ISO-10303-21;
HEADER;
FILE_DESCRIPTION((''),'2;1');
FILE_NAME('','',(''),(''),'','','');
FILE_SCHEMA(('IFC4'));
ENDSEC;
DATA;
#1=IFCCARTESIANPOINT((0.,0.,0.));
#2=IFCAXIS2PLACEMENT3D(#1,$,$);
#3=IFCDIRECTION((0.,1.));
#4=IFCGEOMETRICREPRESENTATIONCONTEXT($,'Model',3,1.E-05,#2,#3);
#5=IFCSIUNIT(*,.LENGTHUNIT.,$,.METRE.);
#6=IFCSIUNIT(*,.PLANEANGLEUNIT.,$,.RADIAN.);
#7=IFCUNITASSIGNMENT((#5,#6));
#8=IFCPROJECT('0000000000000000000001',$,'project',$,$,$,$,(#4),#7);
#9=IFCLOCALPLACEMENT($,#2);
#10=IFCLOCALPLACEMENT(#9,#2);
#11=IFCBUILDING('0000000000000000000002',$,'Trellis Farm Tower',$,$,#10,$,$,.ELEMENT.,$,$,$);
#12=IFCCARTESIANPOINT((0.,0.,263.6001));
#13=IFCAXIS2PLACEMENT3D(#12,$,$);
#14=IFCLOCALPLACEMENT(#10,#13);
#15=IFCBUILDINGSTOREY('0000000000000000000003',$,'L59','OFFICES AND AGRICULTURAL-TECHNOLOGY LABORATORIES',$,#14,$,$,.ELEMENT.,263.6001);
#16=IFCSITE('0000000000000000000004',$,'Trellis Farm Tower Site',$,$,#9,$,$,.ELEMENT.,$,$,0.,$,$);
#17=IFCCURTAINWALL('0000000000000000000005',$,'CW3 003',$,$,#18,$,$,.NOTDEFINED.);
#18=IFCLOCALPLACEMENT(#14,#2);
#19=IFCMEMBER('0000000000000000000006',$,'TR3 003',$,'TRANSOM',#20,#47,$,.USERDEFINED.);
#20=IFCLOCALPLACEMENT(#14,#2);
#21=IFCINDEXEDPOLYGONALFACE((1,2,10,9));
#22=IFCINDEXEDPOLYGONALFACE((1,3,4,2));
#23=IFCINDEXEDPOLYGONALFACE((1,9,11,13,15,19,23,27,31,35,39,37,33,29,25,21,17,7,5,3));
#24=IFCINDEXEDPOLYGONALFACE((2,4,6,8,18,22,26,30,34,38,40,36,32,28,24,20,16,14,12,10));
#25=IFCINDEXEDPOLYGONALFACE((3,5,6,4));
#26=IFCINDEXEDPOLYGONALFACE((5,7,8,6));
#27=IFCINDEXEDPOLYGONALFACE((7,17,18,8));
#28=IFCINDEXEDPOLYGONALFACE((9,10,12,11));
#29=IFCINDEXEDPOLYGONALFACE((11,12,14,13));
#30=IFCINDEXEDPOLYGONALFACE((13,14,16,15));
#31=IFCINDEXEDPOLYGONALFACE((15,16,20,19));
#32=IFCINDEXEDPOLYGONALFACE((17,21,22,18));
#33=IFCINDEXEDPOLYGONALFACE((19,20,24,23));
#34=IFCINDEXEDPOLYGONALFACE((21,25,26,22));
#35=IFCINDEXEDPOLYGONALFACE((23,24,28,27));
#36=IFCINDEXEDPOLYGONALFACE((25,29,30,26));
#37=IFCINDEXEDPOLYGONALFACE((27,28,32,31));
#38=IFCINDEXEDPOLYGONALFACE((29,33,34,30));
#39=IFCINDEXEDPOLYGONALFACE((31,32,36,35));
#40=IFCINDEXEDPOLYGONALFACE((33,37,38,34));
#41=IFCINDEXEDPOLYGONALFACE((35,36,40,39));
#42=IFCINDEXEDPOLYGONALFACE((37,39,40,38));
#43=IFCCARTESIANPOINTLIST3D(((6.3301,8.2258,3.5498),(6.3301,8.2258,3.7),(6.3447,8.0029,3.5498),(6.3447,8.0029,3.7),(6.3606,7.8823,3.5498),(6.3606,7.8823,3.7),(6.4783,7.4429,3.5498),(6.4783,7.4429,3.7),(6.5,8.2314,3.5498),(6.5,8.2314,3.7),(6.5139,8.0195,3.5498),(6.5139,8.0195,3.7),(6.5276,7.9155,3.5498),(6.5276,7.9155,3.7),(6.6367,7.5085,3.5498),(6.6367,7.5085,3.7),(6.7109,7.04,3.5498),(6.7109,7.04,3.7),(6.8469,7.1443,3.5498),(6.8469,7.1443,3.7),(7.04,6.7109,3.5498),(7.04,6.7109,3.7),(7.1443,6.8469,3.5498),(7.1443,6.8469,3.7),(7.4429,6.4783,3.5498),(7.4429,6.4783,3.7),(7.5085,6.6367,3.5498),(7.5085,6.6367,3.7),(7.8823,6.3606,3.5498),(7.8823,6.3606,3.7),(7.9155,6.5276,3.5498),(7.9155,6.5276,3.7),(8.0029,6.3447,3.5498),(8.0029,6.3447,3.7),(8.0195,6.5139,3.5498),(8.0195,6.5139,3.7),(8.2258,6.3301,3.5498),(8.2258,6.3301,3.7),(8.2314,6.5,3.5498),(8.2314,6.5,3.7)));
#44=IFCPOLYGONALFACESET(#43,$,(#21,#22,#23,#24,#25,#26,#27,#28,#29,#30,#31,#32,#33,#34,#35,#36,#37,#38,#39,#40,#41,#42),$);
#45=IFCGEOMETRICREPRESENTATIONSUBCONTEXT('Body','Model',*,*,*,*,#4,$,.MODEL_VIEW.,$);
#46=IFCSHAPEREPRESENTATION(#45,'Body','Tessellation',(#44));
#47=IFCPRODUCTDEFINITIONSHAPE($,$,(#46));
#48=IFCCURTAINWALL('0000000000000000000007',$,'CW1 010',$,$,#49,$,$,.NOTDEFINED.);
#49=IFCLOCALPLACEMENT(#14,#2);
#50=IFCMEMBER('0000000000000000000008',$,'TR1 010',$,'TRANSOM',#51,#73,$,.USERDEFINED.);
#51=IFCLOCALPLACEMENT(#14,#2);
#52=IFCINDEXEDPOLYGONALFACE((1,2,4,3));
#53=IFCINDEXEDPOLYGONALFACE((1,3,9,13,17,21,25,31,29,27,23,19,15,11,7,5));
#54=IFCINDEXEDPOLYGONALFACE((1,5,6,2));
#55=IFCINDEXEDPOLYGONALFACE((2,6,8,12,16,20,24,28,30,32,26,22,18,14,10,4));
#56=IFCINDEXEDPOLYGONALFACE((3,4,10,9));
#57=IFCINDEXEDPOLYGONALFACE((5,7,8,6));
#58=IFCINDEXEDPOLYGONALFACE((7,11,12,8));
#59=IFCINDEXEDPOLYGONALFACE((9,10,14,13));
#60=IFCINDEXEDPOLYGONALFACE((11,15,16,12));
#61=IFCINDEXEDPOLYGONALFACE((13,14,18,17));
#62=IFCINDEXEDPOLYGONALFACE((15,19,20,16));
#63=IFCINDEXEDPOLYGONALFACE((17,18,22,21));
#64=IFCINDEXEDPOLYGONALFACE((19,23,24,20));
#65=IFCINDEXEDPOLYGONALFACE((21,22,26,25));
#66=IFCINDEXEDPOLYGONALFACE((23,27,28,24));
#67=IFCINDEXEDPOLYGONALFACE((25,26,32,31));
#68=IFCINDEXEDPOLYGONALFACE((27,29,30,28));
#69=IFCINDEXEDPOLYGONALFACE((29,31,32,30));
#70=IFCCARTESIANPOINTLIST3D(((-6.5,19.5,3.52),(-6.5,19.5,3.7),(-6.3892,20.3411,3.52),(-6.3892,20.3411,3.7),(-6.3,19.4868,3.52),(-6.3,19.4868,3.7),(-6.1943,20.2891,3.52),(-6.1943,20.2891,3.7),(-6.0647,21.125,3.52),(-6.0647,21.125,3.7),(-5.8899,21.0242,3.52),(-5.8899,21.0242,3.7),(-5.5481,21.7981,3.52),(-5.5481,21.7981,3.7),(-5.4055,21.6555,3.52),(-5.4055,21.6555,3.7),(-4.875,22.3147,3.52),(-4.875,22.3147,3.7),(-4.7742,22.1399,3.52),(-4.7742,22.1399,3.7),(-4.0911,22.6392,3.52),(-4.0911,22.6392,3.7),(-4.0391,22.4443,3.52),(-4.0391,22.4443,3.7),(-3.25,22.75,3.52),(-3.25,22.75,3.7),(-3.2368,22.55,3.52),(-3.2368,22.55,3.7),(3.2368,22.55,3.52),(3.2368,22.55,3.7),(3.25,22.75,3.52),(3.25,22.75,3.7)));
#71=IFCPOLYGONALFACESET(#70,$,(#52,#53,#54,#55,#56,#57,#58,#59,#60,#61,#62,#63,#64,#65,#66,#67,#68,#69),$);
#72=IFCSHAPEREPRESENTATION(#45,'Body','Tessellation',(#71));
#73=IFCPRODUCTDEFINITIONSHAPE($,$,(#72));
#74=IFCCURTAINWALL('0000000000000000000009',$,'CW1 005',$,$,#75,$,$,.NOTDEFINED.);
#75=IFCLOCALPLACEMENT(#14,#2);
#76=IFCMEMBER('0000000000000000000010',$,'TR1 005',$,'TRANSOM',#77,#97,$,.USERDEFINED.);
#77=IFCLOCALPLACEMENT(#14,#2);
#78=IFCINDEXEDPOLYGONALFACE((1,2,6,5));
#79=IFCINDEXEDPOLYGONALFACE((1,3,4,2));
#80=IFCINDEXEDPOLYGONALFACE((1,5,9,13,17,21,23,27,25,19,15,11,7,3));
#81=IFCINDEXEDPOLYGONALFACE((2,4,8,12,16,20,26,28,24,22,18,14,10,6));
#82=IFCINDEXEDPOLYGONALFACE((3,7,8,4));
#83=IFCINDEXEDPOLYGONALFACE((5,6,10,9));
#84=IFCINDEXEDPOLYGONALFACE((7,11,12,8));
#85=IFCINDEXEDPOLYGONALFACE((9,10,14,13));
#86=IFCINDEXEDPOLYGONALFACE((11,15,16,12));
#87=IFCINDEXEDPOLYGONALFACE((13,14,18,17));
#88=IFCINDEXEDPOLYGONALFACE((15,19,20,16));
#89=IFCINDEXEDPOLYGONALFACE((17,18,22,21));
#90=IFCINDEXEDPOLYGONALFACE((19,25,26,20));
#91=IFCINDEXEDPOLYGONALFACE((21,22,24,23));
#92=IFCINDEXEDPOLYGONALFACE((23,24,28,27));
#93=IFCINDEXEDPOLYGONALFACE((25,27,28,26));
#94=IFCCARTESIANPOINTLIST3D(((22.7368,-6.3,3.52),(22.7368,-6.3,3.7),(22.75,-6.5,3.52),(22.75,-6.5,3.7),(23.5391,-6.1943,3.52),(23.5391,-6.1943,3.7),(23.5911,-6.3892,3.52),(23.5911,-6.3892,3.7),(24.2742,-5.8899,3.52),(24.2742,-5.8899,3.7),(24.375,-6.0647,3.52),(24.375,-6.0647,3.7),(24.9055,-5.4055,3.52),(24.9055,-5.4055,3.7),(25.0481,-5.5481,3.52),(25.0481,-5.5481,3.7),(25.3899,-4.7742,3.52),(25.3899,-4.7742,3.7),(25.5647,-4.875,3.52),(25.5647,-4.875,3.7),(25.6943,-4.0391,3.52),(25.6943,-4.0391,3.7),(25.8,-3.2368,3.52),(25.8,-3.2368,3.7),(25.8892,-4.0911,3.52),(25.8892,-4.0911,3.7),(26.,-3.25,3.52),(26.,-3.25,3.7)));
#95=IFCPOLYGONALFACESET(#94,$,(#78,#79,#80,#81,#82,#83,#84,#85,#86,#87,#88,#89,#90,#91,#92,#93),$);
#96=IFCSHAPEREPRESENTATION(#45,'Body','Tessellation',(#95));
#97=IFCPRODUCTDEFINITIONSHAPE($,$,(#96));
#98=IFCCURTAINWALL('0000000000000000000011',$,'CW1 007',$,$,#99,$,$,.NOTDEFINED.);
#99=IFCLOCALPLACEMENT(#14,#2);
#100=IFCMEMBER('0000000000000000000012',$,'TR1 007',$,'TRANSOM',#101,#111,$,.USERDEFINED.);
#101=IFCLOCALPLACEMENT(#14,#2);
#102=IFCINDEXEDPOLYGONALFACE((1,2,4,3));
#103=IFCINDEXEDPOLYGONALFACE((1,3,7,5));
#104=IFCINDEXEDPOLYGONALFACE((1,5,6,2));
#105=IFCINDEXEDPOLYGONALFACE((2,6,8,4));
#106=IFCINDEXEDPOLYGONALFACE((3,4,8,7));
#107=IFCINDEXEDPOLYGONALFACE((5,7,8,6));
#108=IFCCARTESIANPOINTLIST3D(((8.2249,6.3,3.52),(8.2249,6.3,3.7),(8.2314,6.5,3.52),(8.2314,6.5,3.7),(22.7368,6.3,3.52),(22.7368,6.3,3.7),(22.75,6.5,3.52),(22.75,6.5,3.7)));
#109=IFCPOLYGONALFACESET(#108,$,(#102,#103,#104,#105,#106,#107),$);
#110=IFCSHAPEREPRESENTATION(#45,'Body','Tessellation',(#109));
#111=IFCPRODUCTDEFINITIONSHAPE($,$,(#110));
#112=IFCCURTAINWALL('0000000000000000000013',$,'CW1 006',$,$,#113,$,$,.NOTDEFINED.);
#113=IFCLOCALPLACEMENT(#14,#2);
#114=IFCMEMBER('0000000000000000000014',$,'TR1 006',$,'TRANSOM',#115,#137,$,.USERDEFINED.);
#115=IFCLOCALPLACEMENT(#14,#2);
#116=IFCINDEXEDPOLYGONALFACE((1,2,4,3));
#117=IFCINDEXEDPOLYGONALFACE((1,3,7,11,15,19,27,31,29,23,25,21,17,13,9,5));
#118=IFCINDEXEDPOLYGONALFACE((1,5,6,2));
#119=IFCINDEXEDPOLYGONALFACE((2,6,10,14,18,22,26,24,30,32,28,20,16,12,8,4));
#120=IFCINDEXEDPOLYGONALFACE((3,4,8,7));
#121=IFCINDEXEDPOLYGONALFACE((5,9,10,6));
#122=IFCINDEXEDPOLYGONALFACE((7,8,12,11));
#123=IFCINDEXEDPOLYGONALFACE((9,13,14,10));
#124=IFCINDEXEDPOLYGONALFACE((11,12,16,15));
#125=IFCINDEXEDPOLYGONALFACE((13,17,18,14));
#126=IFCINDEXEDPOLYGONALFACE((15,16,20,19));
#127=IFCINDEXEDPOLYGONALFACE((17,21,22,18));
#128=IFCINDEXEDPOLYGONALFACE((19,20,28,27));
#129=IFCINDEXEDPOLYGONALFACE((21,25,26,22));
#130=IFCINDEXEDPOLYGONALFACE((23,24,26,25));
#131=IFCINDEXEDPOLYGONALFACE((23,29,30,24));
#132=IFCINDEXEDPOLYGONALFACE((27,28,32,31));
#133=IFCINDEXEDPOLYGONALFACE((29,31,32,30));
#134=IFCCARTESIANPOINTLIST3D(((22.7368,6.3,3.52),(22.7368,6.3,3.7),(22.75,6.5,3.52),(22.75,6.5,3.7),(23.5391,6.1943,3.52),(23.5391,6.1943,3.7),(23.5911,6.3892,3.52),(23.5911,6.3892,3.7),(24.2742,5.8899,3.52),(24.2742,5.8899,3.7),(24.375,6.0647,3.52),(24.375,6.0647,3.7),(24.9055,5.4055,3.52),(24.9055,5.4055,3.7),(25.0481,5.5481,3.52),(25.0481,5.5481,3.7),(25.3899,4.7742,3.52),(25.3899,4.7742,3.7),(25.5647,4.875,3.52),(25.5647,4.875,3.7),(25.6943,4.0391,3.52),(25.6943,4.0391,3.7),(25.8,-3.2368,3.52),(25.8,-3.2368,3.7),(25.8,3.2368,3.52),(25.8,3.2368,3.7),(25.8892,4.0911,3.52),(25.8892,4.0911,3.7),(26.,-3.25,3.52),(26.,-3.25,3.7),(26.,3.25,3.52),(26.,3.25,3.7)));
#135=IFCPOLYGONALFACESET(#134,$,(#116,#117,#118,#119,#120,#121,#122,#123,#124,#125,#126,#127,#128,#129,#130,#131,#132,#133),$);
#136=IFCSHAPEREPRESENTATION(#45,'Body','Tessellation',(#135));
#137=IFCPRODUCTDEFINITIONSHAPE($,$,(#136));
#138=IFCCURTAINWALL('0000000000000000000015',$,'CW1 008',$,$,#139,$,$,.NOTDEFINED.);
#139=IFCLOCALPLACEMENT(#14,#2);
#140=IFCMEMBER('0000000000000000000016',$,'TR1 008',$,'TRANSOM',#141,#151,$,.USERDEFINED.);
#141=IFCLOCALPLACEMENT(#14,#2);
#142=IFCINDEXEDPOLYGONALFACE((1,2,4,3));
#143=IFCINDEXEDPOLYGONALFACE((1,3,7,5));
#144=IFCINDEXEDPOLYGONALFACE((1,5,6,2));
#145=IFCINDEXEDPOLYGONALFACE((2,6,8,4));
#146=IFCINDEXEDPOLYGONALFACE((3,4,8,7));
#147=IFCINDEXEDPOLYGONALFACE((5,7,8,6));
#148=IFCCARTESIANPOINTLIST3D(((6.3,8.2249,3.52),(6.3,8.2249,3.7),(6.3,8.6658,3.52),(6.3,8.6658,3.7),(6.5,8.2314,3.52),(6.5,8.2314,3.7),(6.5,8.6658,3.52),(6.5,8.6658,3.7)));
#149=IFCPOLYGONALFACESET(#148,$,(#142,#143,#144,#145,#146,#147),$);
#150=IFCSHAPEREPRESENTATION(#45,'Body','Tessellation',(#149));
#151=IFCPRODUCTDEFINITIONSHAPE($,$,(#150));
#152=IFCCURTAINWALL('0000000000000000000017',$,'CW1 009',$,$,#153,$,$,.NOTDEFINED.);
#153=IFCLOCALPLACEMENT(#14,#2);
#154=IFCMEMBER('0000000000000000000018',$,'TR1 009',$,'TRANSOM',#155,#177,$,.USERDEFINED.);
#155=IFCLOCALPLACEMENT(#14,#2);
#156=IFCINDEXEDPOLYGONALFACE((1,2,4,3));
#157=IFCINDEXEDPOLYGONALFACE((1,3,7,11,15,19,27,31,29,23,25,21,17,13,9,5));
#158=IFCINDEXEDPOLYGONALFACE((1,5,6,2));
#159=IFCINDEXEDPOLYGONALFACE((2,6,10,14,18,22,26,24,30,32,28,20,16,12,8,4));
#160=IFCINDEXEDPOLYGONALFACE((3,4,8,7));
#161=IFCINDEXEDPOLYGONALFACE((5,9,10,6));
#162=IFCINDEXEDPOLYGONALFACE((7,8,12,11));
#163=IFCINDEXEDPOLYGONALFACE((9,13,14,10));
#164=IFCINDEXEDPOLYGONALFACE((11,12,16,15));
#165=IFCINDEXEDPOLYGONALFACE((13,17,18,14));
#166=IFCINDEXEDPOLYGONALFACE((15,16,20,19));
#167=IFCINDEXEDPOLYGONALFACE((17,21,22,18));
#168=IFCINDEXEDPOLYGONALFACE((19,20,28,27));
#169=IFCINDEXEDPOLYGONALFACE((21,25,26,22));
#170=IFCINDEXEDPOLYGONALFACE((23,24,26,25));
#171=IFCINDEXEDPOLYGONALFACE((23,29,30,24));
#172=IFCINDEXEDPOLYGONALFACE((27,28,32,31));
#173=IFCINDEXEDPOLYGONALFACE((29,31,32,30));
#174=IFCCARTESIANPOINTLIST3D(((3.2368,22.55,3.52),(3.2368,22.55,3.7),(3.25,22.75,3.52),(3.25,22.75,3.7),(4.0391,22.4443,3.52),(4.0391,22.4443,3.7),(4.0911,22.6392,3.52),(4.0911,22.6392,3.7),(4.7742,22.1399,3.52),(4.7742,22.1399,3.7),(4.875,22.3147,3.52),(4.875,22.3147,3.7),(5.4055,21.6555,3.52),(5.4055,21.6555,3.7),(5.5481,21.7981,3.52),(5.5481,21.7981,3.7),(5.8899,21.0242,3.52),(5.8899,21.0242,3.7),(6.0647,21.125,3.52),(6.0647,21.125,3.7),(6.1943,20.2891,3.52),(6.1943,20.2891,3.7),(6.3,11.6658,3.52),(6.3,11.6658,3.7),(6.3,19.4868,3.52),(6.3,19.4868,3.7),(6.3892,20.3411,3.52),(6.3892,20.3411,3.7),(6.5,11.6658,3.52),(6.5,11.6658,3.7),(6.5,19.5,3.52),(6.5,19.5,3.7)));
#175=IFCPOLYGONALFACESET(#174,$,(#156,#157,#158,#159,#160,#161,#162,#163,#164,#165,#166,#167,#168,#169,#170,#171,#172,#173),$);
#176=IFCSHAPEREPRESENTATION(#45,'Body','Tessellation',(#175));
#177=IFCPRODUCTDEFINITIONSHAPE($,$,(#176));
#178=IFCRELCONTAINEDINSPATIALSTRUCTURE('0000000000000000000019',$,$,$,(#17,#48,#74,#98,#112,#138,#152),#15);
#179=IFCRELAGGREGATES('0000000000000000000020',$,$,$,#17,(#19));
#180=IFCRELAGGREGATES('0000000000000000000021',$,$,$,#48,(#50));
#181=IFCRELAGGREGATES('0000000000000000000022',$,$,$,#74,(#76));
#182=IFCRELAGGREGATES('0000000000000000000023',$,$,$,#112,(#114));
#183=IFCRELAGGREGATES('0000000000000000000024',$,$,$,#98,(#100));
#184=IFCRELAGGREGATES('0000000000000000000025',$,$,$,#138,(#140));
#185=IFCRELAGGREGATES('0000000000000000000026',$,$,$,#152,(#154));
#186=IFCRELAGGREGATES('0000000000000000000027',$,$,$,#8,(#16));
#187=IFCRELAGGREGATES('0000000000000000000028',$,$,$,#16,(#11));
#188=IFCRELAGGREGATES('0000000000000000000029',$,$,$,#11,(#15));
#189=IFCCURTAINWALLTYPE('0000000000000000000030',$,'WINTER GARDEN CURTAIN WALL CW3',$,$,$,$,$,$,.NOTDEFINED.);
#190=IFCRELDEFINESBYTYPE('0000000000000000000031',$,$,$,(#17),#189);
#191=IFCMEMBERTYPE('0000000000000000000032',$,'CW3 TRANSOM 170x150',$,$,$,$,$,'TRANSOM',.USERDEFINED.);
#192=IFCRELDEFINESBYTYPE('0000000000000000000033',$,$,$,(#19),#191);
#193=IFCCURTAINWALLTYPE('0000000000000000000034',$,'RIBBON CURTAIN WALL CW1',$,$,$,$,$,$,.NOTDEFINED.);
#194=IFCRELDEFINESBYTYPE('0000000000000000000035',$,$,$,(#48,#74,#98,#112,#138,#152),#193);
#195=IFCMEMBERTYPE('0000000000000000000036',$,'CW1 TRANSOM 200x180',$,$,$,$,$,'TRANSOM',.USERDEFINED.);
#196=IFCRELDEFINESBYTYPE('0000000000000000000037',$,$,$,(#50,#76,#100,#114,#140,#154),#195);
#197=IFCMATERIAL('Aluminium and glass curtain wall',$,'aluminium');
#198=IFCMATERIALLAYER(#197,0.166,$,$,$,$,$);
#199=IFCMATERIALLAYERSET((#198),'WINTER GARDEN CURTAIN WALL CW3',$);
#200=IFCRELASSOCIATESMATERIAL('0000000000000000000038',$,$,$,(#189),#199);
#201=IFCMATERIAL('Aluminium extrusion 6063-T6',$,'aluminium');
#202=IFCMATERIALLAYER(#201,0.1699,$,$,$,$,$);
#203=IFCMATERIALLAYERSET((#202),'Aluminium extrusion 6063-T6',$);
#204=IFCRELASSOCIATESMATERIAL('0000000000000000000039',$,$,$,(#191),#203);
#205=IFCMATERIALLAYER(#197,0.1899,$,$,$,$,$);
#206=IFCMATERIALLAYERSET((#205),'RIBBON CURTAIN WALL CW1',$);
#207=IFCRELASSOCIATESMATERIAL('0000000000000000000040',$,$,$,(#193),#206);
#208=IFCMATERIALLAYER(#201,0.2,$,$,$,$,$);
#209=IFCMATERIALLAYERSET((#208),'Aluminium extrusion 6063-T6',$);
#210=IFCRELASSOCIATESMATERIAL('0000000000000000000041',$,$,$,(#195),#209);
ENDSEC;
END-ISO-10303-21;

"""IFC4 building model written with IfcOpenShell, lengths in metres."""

from ifc_helpers import new_model, si_unit, direction, frame, origin, place, context, subcontext, project, spatial, polyline, outline, extrude, source, transform, mapped, material, layer, layer_set, type_object, element, aggregate, save


model = new_model("IFC4")

# Units and contexts
model_context = context("Model", 3, precision=1e-05, world=origin(), true_north=direction((0.0, 1.0)))
body_context = subcontext(model_context, "Body", "Model", "MODEL_VIEW")
ifc_project = project(units=[si_unit("LENGTHUNIT", "METRE"), si_unit("PLANEANGLEUNIT", "RADIAN")], contexts=[model_context])

# Site, building, storey
site_placement = place(None, origin())
site = spatial("IfcSite", under=ifc_project, at=site_placement, Name="Trellis Farm Tower Site", CompositionType="ELEMENT", RefElevation=0.0)
building_placement = place(site_placement, origin())
building = spatial("IfcBuilding", under=site, at=building_placement, Name="Trellis Farm Tower", CompositionType="ELEMENT")
storey_placement = place(building_placement, frame((0.0, 0.0, 263.6001)))
storey = spatial("IfcBuildingStorey", under=building, at=storey_placement, Name="L59", Description="OFFICES AND AGRICULTURAL-TECHNOLOGY LABORATORIES", CompositionType="ELEMENT", Elevation=263.6001)

# Curtain walls, members
ifc_material_1 = material(Name="Aluminium and glass curtain wall", Category="aluminium")
ifc_layer_1 = layer(ifc_material_1, 0.166)
ifc_layer_set_1 = layer_set([ifc_layer_1], Name="WINTER GARDEN CURTAIN WALL CW3")
curtain_wall_type_1 = type_object("IfcCurtainWallType", Name="WINTER GARDEN CURTAIN WALL CW3", PredefinedType="NOTDEFINED", material=ifc_layer_set_1)
placement_1 = place(storey_placement, origin())
curtain_wall_1 = element("IfcCurtainWall", 1, at=placement_1, inside=storey, type_object=curtain_wall_type_1, Name="CW3 003", PredefinedType="NOTDEFINED")
ifc_material_2 = material(Name="Aluminium extrusion 6063-T6", Category="aluminium")
ifc_layer_2 = layer(ifc_material_2, 0.1699)
ifc_layer_set_2 = layer_set([ifc_layer_2], Name="Aluminium extrusion 6063-T6")
member_type_1 = type_object("IfcMemberType", Name="CW3 TRANSOM 170x150", ElementType="TRANSOM", PredefinedType="USERDEFINED", material=ifc_layer_set_2)
shared_shape_1 = source(origin(), body_context, "Body", "SweptSolid", [
    extrude(outline(polyline([(8.2314, 6.5), (8.0195, 6.5139), (7.9155, 6.5276), (7.5085, 6.6367), (7.1443, 6.8469), (6.8469, 7.1443), (6.6367, 7.5085), (6.5276, 7.9155), (6.5139, 8.0195), (6.5, 8.2314), (6.3301, 8.2258), (6.3447, 8.0029), (6.3606, 7.8823), (6.4783, 7.4429), (6.7109, 7.04), (7.04, 6.7109), (7.4429, 6.4783), (7.8823, 6.3606), (8.0029, 6.3447), (8.2258, 6.3301), (8.2314, 6.5)])), origin(), (0.0, 0.0, 1.0), 0.1501),
])
member_1_placement = place(storey_placement, frame((0.0, 0.0, 3.5498)))
member_1 = element("IfcMember", 2, at=member_1_placement, type_object=member_type_1, Name="TR3 003", ObjectType="TRANSOM", PredefinedType="USERDEFINED", context=body_context, shape_type="MappedRepresentation", body=[
    mapped(shared_shape_1, transform((0.0, 0.0, 0.0))),
])
ifc_layer_3 = layer(ifc_material_1, 0.1899)
ifc_layer_set_3 = layer_set([ifc_layer_3], Name="RIBBON CURTAIN WALL CW1")
curtain_wall_type_2 = type_object("IfcCurtainWallType", Name="RIBBON CURTAIN WALL CW1", PredefinedType="NOTDEFINED", material=ifc_layer_set_3)
curtain_wall_2 = element("IfcCurtainWall", 3, at=placement_1, inside=storey, type_object=curtain_wall_type_2, Name="CW1 010", PredefinedType="NOTDEFINED")
ifc_layer_4 = layer(ifc_material_2, 0.2)
ifc_layer_set_4 = layer_set([ifc_layer_4], Name="Aluminium extrusion 6063-T6")
member_type_2 = type_object("IfcMemberType", Name="CW1 TRANSOM 200x180", ElementType="TRANSOM", PredefinedType="USERDEFINED", material=ifc_layer_set_4)
shared_shape_2 = source(origin(), body_context, "Body", "SweptSolid", [
    extrude(outline(polyline([(3.25, 22.75), (-3.25, 22.75), (-4.0911, 22.6392), (-4.875, 22.3147), (-5.5481, 21.7981), (-6.0647, 21.125), (-6.3892, 20.3411), (-6.5, 19.5), (-6.3, 19.4868), (-6.1943, 20.2891), (-5.8899, 21.0242), (-5.4055, 21.6555), (-4.7742, 22.1399), (-4.0391, 22.4443), (-3.2368, 22.55), (3.2368, 22.55), (3.25, 22.75)])), origin(), (0.0, 0.0, 1.0), 0.1799),
])
placement_2 = place(storey_placement, frame((0.0, 0.0, 3.52)))
member_2 = element("IfcMember", 4, at=placement_2, type_object=member_type_2, Name="TR1 010", ObjectType="TRANSOM", PredefinedType="USERDEFINED", context=body_context, shape_type="MappedRepresentation", body=[
    mapped(shared_shape_2, transform((0.0, 0.0, 0.0))),
])
curtain_wall_3 = element("IfcCurtainWall", 5, at=placement_1, inside=storey, type_object=curtain_wall_type_2, Name="CW1 005", PredefinedType="NOTDEFINED")
shared_shape_3 = source(origin(), body_context, "Body", "SweptSolid", [
    extrude(outline(polyline([(22.75, -6.5), (23.5911, -6.3892), (24.375, -6.0647), (25.0481, -5.5481), (25.5647, -4.875), (25.8892, -4.0911), (26.0, -3.25), (25.8, -3.2368), (25.6943, -4.0391), (25.3899, -4.7742), (24.9055, -5.4055), (24.2742, -5.8899), (23.5391, -6.1943), (22.7368, -6.3), (22.75, -6.5)])), origin(), (0.0, 0.0, 1.0), 0.1799),
])
member_3 = element("IfcMember", 6, at=placement_2, type_object=member_type_2, Name="TR1 005", ObjectType="TRANSOM", PredefinedType="USERDEFINED", context=body_context, shape_type="MappedRepresentation", body=[
    mapped(shared_shape_3, transform((0.0, 0.0, 0.0))),
])
curtain_wall_4 = element("IfcCurtainWall", 7, at=placement_1, inside=storey, type_object=curtain_wall_type_2, Name="CW1 007", PredefinedType="NOTDEFINED")
shared_shape_4 = source(origin(), body_context, "Body", "SweptSolid", [
    extrude(outline(polyline([(22.75, 6.5), (8.2314, 6.5), (8.2249, 6.3), (22.7368, 6.3), (22.75, 6.5)])), origin(), (0.0, 0.0, 1.0), 0.1799),
])
member_4 = element("IfcMember", 8, at=placement_2, type_object=member_type_2, Name="TR1 007", ObjectType="TRANSOM", PredefinedType="USERDEFINED", context=body_context, shape_type="MappedRepresentation", body=[
    mapped(shared_shape_4, transform((0.0, 0.0, 0.0))),
])
curtain_wall_5 = element("IfcCurtainWall", 9, at=placement_1, inside=storey, type_object=curtain_wall_type_2, Name="CW1 006", PredefinedType="NOTDEFINED")
shared_shape_5 = source(origin(), body_context, "Body", "SweptSolid", [
    extrude(outline(polyline([(26.0, -3.25), (26.0, 3.25), (25.8892, 4.0911), (25.5647, 4.875), (25.0481, 5.5481), (24.375, 6.0647), (23.5911, 6.3892), (22.75, 6.5), (22.7368, 6.3), (23.5391, 6.1943), (24.2742, 5.8899), (24.9055, 5.4055), (25.3899, 4.7742), (25.6943, 4.0391), (25.8, 3.2368), (25.8, -3.2368), (26.0, -3.25)])), origin(), (0.0, 0.0, 1.0), 0.1799),
])
member_5 = element("IfcMember", 10, at=placement_2, type_object=member_type_2, Name="TR1 006", ObjectType="TRANSOM", PredefinedType="USERDEFINED", context=body_context, shape_type="MappedRepresentation", body=[
    mapped(shared_shape_5, transform((0.0, 0.0, 0.0))),
])
curtain_wall_6 = element("IfcCurtainWall", 11, at=placement_1, inside=storey, type_object=curtain_wall_type_2, Name="CW1 008", PredefinedType="NOTDEFINED")
shared_shape_6 = source(origin(), body_context, "Body", "SweptSolid", [
    extrude(outline(polyline([(6.5, 8.2314), (6.5, 8.6658), (6.3, 8.6658), (6.3, 8.2249), (6.5, 8.2314)])), origin(), (0.0, 0.0, 1.0), 0.1799),
])
member_6 = element("IfcMember", 12, at=placement_2, type_object=member_type_2, Name="TR1 008", ObjectType="TRANSOM", PredefinedType="USERDEFINED", context=body_context, shape_type="MappedRepresentation", body=[
    mapped(shared_shape_6, transform((0.0, 0.0, 0.0))),
])
curtain_wall_7 = element("IfcCurtainWall", 13, at=placement_1, inside=storey, type_object=curtain_wall_type_2, Name="CW1 009", PredefinedType="NOTDEFINED")
shared_shape_7 = source(origin(), body_context, "Body", "SweptSolid", [
    extrude(outline(polyline([(6.5, 11.6658), (6.5, 19.5), (6.3892, 20.3411), (6.0647, 21.125), (5.5481, 21.7981), (4.875, 22.3147), (4.0911, 22.6392), (3.25, 22.75), (3.2368, 22.55), (4.0391, 22.4443), (4.7742, 22.1399), (5.4055, 21.6555), (5.8899, 21.0242), (6.1943, 20.2891), (6.3, 19.4868), (6.3, 11.6658), (6.5, 11.6658)])), origin(), (0.0, 0.0, 1.0), 0.1799),
])
member_7 = element("IfcMember", 14, at=placement_2, type_object=member_type_2, Name="TR1 009", ObjectType="TRANSOM", PredefinedType="USERDEFINED", context=body_context, shape_type="MappedRepresentation", body=[
    mapped(shared_shape_7, transform((0.0, 0.0, 0.0))),
])

aggregate(curtain_wall_1, [member_1])
aggregate(curtain_wall_2, [member_2])
aggregate(curtain_wall_3, [member_3])
aggregate(curtain_wall_5, [member_5])
aggregate(curtain_wall_4, [member_4])
aggregate(curtain_wall_6, [member_6])
aggregate(curtain_wall_7, [member_7])

save(model, "model.ifc")
